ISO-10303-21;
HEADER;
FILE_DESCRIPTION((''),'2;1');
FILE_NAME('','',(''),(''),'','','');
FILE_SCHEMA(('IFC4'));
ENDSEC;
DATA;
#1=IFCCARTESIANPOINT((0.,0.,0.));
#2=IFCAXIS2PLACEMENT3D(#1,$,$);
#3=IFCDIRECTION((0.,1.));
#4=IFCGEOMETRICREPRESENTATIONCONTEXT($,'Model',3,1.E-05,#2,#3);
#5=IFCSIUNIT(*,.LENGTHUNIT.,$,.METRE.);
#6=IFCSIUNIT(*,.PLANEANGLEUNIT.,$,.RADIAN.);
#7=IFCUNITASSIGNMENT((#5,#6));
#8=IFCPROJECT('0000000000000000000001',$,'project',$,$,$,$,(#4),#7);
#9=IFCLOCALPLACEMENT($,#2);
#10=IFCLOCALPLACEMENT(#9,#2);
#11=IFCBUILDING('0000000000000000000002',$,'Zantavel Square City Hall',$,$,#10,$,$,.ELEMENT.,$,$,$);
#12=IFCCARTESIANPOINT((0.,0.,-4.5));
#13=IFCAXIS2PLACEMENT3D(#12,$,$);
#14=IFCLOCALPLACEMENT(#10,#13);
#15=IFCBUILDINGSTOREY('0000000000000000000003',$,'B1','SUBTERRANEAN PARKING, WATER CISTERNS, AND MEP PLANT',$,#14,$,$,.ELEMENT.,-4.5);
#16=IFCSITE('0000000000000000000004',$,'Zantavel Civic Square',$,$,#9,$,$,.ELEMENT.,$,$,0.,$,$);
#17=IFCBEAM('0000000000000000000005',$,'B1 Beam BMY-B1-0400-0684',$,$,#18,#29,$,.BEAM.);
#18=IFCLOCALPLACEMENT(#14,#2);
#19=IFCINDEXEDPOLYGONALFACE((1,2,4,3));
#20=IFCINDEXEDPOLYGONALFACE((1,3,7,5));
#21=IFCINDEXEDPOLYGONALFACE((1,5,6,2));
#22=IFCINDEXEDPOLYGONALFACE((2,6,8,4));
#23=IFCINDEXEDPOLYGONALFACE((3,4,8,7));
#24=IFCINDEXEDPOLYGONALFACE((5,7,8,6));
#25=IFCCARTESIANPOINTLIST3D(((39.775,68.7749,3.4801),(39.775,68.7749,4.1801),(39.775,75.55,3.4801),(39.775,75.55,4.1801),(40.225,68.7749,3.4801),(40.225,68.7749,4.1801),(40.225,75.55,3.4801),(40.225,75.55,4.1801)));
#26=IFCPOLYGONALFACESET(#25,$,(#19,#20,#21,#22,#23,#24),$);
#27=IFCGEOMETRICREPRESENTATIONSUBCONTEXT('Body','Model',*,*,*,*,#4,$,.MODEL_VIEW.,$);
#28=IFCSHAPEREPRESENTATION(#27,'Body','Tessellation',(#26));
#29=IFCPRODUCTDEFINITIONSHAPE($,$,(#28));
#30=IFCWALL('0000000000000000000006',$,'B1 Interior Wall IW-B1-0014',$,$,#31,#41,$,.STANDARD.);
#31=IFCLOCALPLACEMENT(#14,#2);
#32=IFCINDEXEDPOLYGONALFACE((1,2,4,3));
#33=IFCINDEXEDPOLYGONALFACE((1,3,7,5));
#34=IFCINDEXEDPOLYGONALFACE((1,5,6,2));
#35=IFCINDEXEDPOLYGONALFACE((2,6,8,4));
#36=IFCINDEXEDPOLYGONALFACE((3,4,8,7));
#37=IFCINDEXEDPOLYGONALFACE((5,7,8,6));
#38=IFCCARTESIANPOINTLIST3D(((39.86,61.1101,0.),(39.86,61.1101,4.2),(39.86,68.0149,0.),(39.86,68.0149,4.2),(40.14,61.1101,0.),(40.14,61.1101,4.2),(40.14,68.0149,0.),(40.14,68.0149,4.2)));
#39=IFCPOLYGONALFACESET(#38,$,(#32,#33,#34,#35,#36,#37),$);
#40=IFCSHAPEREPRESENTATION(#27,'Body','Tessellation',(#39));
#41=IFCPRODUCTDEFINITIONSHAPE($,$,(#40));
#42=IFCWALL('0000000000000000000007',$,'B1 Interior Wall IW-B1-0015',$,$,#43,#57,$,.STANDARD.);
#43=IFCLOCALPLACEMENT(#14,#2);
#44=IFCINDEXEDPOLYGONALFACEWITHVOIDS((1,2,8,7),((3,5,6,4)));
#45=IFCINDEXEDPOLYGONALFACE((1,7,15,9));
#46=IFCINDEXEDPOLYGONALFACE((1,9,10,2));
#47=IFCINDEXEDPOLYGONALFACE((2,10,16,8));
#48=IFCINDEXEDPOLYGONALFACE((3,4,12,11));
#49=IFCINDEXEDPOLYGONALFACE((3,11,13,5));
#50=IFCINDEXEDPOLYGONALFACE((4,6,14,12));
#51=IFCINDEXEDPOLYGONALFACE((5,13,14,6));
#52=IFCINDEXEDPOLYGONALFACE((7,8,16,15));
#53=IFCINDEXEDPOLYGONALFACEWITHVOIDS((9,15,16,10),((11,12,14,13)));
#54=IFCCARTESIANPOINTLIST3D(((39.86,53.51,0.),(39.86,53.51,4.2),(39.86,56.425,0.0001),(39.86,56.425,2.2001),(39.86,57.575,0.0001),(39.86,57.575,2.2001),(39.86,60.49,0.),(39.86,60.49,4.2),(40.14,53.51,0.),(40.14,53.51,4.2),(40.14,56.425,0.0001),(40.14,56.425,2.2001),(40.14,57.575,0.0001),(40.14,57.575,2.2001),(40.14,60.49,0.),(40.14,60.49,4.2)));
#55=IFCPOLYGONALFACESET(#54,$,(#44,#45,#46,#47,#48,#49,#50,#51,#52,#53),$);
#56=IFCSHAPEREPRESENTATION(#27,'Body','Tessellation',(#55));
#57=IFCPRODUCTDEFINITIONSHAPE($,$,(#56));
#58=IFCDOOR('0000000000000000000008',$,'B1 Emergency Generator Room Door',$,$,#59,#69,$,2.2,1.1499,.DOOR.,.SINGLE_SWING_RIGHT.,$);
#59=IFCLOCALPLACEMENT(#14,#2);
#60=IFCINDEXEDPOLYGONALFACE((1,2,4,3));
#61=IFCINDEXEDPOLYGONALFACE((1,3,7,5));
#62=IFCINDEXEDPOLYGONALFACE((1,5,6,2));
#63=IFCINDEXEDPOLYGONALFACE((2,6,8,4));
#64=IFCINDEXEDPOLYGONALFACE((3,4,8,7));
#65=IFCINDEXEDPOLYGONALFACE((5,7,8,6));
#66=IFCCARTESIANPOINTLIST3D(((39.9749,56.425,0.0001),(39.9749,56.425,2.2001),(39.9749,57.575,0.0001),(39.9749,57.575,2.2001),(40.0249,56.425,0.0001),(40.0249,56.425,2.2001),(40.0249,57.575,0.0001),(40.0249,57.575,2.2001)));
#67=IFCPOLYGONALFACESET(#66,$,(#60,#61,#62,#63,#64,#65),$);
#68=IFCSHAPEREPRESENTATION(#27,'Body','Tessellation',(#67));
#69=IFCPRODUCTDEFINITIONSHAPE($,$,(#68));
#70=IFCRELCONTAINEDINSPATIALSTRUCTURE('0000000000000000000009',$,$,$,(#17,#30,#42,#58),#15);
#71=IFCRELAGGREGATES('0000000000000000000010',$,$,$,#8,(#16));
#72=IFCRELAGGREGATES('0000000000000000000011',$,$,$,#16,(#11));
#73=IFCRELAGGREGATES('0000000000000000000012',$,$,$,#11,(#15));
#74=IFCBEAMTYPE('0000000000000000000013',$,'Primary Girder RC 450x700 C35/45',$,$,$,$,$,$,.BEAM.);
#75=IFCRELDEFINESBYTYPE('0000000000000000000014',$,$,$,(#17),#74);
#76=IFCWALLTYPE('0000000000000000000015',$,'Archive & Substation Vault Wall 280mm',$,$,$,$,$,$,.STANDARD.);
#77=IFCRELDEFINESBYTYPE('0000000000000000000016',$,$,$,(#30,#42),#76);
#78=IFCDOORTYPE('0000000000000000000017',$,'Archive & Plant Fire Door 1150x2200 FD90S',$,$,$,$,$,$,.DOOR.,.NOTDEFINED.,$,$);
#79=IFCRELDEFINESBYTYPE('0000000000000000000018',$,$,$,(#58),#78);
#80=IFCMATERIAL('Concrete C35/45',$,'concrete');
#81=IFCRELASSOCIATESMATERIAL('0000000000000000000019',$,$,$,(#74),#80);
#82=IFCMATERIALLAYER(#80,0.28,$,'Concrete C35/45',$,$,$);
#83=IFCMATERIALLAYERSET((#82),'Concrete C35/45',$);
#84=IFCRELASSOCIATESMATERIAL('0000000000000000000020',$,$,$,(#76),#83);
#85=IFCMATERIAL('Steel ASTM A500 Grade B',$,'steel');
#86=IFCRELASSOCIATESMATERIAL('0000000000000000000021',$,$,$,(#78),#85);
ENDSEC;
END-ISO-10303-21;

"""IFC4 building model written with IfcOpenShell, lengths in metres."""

from ifc_helpers import new_model, si_unit, direction, frame, frame_2d, origin, origin_2d, place, context, subcontext, project, spatial, rectangle, extrude, material, layer, layer_set, material_profile, profile_set, type_object, element, fill, save


model = new_model("IFC4")

# Units and contexts
model_context = context("Model", 3, precision=1e-05, world=origin(), true_north=direction((0.0, 1.0)))
body_context = subcontext(model_context, "Body", "Model", "MODEL_VIEW")
ifc_project = project(units=[si_unit("LENGTHUNIT", "METRE"), si_unit("PLANEANGLEUNIT", "RADIAN")], contexts=[model_context])

# Site, building, storey
site_placement = place(None, origin())
site = spatial("IfcSite", under=ifc_project, at=site_placement, Name="Zantavel Civic Square", CompositionType="ELEMENT", RefElevation=0.0)
building_placement = place(site_placement, origin())
building = spatial("IfcBuilding", under=site, at=building_placement, Name="Zantavel Square City Hall", CompositionType="ELEMENT")
storey_placement = place(building_placement, frame((0.0, 0.0, -4.5)))
storey = spatial("IfcBuildingStorey", under=building, at=storey_placement, Name="B1", Description="SUBTERRANEAN PARKING, WATER CISTERNS, AND MEP PLANT", CompositionType="ELEMENT", Elevation=-4.5)

# Shared definitions
ifc_material_1 = material(Name="Concrete C35/45", Category="concrete")

# Beam
ifc_material_profile_1 = material_profile(ifc_material_1, rectangle(XDim=0.45, YDim=0.7, at=origin_2d()), Name="RC 450x700")
ifc_profile_set_1 = profile_set([ifc_material_profile_1], Name="Concrete C35/45")
beam_type_1 = type_object("IfcBeamType", Name="Primary Girder RC 450x700 C35/45", PredefinedType="BEAM", material=ifc_profile_set_1)
beam_1_placement = place(storey_placement, frame((40.0, 68.7749, 3.8301), z_axis=(0.0, 1.0, 0.0), x_axis=(-1.0, 0.0, 0.0)))
element("IfcBeam", 1, at=beam_1_placement, inside=storey, type_object=beam_type_1, Name="B1 Beam BMY-B1-0400-0684", PredefinedType="BEAM", context=body_context, shape_type="SweptSolid", body=[
    extrude(rectangle(XDim=0.45, YDim=0.7, at=origin_2d()), origin(), (0.0, 0.0, 1.0), 6.7751),
])

# Wall
ifc_layer_1 = layer(ifc_material_1, 0.28, Name="Concrete C35/45")
ifc_layer_set_1 = layer_set([ifc_layer_1], Name="Concrete C35/45")
wall_type = type_object("IfcWallType", Name="Archive & Substation Vault Wall 280mm", PredefinedType="STANDARD", material=ifc_layer_set_1)
wall_1_placement = place(storey_placement, frame((40.0, 68.0149, 0.0), z_axis=(0.0, 0.0, 1.0), x_axis=(0.0, -1.0, 0.0)))
element("IfcWall", 2, at=wall_1_placement, inside=storey, type_object=wall_type, Name="B1 Interior Wall IW-B1-0014", PredefinedType="STANDARD", context=body_context, shape_type="SweptSolid", body=[
    extrude(rectangle(XDim=6.9048, YDim=0.28, at=frame_2d((3.4524, 0.0))), origin(), (0.0, 0.0, 1.0), 4.2),
])

# Wall, opening, door
wall_2_placement = place(storey_placement, frame((40.0, 60.49, 0.0), z_axis=(0.0, 0.0, 1.0), x_axis=(0.0, -1.0, 0.0)))
wall_2 = element("IfcWall", 3, at=wall_2_placement, inside=storey, type_object=wall_type, Name="B1 Interior Wall IW-B1-0015", PredefinedType="STANDARD", context=body_context, shape_type="SweptSolid", body=[
    extrude(rectangle(XDim=6.98, YDim=0.28, at=frame_2d((3.49, 0.0))), origin(), (0.0, 0.0, 1.0), 4.2),
])
opening_placement = place(wall_2_placement, frame((2.915, 0.0, 0.0)))
opening = element("IfcOpeningElement", 4, at=opening_placement, cuts=wall_2, PredefinedType="OPENING", context=body_context, shape_type="SweptSolid", body=[
    extrude(rectangle(XDim=1.1499, YDim=2.2, at=frame_2d((0.575, 1.1001))), frame((0.0, 0.1499, 0.0), z_axis=(0.0, -1.0, 0.0), x_axis=(1.0, 0.0, 0.0)), (0.0, 0.0, 1.0), 0.3),
])
ifc_material_2 = material(Name="Steel ASTM A500 Grade B", Category="steel")
door_type = type_object("IfcDoorType", Name="Archive & Plant Fire Door 1150x2200 FD90S", OperationType="NOTDEFINED", PredefinedType="DOOR", material=ifc_material_2)
door_placement = place(opening_placement, origin())
door = element("IfcDoor", 5, at=door_placement, inside=storey, type_object=door_type, Name="B1 Emergency Generator Room Door", OperationType="SINGLE_SWING_RIGHT", OverallHeight=2.2, OverallWidth=1.1499, PredefinedType="DOOR", context=body_context, shape_type="SweptSolid", body=[
    extrude(rectangle(XDim=1.1499, YDim=2.2, at=frame_2d((0.575, 1.1001))), frame((0.0, 0.0249, 0.0), z_axis=(0.0, -1.0, 0.0), x_axis=(1.0, 0.0, 0.0)), (0.0, 0.0, 1.0), 0.05),
])
fill(opening, door)

save(model, "model.ifc")
